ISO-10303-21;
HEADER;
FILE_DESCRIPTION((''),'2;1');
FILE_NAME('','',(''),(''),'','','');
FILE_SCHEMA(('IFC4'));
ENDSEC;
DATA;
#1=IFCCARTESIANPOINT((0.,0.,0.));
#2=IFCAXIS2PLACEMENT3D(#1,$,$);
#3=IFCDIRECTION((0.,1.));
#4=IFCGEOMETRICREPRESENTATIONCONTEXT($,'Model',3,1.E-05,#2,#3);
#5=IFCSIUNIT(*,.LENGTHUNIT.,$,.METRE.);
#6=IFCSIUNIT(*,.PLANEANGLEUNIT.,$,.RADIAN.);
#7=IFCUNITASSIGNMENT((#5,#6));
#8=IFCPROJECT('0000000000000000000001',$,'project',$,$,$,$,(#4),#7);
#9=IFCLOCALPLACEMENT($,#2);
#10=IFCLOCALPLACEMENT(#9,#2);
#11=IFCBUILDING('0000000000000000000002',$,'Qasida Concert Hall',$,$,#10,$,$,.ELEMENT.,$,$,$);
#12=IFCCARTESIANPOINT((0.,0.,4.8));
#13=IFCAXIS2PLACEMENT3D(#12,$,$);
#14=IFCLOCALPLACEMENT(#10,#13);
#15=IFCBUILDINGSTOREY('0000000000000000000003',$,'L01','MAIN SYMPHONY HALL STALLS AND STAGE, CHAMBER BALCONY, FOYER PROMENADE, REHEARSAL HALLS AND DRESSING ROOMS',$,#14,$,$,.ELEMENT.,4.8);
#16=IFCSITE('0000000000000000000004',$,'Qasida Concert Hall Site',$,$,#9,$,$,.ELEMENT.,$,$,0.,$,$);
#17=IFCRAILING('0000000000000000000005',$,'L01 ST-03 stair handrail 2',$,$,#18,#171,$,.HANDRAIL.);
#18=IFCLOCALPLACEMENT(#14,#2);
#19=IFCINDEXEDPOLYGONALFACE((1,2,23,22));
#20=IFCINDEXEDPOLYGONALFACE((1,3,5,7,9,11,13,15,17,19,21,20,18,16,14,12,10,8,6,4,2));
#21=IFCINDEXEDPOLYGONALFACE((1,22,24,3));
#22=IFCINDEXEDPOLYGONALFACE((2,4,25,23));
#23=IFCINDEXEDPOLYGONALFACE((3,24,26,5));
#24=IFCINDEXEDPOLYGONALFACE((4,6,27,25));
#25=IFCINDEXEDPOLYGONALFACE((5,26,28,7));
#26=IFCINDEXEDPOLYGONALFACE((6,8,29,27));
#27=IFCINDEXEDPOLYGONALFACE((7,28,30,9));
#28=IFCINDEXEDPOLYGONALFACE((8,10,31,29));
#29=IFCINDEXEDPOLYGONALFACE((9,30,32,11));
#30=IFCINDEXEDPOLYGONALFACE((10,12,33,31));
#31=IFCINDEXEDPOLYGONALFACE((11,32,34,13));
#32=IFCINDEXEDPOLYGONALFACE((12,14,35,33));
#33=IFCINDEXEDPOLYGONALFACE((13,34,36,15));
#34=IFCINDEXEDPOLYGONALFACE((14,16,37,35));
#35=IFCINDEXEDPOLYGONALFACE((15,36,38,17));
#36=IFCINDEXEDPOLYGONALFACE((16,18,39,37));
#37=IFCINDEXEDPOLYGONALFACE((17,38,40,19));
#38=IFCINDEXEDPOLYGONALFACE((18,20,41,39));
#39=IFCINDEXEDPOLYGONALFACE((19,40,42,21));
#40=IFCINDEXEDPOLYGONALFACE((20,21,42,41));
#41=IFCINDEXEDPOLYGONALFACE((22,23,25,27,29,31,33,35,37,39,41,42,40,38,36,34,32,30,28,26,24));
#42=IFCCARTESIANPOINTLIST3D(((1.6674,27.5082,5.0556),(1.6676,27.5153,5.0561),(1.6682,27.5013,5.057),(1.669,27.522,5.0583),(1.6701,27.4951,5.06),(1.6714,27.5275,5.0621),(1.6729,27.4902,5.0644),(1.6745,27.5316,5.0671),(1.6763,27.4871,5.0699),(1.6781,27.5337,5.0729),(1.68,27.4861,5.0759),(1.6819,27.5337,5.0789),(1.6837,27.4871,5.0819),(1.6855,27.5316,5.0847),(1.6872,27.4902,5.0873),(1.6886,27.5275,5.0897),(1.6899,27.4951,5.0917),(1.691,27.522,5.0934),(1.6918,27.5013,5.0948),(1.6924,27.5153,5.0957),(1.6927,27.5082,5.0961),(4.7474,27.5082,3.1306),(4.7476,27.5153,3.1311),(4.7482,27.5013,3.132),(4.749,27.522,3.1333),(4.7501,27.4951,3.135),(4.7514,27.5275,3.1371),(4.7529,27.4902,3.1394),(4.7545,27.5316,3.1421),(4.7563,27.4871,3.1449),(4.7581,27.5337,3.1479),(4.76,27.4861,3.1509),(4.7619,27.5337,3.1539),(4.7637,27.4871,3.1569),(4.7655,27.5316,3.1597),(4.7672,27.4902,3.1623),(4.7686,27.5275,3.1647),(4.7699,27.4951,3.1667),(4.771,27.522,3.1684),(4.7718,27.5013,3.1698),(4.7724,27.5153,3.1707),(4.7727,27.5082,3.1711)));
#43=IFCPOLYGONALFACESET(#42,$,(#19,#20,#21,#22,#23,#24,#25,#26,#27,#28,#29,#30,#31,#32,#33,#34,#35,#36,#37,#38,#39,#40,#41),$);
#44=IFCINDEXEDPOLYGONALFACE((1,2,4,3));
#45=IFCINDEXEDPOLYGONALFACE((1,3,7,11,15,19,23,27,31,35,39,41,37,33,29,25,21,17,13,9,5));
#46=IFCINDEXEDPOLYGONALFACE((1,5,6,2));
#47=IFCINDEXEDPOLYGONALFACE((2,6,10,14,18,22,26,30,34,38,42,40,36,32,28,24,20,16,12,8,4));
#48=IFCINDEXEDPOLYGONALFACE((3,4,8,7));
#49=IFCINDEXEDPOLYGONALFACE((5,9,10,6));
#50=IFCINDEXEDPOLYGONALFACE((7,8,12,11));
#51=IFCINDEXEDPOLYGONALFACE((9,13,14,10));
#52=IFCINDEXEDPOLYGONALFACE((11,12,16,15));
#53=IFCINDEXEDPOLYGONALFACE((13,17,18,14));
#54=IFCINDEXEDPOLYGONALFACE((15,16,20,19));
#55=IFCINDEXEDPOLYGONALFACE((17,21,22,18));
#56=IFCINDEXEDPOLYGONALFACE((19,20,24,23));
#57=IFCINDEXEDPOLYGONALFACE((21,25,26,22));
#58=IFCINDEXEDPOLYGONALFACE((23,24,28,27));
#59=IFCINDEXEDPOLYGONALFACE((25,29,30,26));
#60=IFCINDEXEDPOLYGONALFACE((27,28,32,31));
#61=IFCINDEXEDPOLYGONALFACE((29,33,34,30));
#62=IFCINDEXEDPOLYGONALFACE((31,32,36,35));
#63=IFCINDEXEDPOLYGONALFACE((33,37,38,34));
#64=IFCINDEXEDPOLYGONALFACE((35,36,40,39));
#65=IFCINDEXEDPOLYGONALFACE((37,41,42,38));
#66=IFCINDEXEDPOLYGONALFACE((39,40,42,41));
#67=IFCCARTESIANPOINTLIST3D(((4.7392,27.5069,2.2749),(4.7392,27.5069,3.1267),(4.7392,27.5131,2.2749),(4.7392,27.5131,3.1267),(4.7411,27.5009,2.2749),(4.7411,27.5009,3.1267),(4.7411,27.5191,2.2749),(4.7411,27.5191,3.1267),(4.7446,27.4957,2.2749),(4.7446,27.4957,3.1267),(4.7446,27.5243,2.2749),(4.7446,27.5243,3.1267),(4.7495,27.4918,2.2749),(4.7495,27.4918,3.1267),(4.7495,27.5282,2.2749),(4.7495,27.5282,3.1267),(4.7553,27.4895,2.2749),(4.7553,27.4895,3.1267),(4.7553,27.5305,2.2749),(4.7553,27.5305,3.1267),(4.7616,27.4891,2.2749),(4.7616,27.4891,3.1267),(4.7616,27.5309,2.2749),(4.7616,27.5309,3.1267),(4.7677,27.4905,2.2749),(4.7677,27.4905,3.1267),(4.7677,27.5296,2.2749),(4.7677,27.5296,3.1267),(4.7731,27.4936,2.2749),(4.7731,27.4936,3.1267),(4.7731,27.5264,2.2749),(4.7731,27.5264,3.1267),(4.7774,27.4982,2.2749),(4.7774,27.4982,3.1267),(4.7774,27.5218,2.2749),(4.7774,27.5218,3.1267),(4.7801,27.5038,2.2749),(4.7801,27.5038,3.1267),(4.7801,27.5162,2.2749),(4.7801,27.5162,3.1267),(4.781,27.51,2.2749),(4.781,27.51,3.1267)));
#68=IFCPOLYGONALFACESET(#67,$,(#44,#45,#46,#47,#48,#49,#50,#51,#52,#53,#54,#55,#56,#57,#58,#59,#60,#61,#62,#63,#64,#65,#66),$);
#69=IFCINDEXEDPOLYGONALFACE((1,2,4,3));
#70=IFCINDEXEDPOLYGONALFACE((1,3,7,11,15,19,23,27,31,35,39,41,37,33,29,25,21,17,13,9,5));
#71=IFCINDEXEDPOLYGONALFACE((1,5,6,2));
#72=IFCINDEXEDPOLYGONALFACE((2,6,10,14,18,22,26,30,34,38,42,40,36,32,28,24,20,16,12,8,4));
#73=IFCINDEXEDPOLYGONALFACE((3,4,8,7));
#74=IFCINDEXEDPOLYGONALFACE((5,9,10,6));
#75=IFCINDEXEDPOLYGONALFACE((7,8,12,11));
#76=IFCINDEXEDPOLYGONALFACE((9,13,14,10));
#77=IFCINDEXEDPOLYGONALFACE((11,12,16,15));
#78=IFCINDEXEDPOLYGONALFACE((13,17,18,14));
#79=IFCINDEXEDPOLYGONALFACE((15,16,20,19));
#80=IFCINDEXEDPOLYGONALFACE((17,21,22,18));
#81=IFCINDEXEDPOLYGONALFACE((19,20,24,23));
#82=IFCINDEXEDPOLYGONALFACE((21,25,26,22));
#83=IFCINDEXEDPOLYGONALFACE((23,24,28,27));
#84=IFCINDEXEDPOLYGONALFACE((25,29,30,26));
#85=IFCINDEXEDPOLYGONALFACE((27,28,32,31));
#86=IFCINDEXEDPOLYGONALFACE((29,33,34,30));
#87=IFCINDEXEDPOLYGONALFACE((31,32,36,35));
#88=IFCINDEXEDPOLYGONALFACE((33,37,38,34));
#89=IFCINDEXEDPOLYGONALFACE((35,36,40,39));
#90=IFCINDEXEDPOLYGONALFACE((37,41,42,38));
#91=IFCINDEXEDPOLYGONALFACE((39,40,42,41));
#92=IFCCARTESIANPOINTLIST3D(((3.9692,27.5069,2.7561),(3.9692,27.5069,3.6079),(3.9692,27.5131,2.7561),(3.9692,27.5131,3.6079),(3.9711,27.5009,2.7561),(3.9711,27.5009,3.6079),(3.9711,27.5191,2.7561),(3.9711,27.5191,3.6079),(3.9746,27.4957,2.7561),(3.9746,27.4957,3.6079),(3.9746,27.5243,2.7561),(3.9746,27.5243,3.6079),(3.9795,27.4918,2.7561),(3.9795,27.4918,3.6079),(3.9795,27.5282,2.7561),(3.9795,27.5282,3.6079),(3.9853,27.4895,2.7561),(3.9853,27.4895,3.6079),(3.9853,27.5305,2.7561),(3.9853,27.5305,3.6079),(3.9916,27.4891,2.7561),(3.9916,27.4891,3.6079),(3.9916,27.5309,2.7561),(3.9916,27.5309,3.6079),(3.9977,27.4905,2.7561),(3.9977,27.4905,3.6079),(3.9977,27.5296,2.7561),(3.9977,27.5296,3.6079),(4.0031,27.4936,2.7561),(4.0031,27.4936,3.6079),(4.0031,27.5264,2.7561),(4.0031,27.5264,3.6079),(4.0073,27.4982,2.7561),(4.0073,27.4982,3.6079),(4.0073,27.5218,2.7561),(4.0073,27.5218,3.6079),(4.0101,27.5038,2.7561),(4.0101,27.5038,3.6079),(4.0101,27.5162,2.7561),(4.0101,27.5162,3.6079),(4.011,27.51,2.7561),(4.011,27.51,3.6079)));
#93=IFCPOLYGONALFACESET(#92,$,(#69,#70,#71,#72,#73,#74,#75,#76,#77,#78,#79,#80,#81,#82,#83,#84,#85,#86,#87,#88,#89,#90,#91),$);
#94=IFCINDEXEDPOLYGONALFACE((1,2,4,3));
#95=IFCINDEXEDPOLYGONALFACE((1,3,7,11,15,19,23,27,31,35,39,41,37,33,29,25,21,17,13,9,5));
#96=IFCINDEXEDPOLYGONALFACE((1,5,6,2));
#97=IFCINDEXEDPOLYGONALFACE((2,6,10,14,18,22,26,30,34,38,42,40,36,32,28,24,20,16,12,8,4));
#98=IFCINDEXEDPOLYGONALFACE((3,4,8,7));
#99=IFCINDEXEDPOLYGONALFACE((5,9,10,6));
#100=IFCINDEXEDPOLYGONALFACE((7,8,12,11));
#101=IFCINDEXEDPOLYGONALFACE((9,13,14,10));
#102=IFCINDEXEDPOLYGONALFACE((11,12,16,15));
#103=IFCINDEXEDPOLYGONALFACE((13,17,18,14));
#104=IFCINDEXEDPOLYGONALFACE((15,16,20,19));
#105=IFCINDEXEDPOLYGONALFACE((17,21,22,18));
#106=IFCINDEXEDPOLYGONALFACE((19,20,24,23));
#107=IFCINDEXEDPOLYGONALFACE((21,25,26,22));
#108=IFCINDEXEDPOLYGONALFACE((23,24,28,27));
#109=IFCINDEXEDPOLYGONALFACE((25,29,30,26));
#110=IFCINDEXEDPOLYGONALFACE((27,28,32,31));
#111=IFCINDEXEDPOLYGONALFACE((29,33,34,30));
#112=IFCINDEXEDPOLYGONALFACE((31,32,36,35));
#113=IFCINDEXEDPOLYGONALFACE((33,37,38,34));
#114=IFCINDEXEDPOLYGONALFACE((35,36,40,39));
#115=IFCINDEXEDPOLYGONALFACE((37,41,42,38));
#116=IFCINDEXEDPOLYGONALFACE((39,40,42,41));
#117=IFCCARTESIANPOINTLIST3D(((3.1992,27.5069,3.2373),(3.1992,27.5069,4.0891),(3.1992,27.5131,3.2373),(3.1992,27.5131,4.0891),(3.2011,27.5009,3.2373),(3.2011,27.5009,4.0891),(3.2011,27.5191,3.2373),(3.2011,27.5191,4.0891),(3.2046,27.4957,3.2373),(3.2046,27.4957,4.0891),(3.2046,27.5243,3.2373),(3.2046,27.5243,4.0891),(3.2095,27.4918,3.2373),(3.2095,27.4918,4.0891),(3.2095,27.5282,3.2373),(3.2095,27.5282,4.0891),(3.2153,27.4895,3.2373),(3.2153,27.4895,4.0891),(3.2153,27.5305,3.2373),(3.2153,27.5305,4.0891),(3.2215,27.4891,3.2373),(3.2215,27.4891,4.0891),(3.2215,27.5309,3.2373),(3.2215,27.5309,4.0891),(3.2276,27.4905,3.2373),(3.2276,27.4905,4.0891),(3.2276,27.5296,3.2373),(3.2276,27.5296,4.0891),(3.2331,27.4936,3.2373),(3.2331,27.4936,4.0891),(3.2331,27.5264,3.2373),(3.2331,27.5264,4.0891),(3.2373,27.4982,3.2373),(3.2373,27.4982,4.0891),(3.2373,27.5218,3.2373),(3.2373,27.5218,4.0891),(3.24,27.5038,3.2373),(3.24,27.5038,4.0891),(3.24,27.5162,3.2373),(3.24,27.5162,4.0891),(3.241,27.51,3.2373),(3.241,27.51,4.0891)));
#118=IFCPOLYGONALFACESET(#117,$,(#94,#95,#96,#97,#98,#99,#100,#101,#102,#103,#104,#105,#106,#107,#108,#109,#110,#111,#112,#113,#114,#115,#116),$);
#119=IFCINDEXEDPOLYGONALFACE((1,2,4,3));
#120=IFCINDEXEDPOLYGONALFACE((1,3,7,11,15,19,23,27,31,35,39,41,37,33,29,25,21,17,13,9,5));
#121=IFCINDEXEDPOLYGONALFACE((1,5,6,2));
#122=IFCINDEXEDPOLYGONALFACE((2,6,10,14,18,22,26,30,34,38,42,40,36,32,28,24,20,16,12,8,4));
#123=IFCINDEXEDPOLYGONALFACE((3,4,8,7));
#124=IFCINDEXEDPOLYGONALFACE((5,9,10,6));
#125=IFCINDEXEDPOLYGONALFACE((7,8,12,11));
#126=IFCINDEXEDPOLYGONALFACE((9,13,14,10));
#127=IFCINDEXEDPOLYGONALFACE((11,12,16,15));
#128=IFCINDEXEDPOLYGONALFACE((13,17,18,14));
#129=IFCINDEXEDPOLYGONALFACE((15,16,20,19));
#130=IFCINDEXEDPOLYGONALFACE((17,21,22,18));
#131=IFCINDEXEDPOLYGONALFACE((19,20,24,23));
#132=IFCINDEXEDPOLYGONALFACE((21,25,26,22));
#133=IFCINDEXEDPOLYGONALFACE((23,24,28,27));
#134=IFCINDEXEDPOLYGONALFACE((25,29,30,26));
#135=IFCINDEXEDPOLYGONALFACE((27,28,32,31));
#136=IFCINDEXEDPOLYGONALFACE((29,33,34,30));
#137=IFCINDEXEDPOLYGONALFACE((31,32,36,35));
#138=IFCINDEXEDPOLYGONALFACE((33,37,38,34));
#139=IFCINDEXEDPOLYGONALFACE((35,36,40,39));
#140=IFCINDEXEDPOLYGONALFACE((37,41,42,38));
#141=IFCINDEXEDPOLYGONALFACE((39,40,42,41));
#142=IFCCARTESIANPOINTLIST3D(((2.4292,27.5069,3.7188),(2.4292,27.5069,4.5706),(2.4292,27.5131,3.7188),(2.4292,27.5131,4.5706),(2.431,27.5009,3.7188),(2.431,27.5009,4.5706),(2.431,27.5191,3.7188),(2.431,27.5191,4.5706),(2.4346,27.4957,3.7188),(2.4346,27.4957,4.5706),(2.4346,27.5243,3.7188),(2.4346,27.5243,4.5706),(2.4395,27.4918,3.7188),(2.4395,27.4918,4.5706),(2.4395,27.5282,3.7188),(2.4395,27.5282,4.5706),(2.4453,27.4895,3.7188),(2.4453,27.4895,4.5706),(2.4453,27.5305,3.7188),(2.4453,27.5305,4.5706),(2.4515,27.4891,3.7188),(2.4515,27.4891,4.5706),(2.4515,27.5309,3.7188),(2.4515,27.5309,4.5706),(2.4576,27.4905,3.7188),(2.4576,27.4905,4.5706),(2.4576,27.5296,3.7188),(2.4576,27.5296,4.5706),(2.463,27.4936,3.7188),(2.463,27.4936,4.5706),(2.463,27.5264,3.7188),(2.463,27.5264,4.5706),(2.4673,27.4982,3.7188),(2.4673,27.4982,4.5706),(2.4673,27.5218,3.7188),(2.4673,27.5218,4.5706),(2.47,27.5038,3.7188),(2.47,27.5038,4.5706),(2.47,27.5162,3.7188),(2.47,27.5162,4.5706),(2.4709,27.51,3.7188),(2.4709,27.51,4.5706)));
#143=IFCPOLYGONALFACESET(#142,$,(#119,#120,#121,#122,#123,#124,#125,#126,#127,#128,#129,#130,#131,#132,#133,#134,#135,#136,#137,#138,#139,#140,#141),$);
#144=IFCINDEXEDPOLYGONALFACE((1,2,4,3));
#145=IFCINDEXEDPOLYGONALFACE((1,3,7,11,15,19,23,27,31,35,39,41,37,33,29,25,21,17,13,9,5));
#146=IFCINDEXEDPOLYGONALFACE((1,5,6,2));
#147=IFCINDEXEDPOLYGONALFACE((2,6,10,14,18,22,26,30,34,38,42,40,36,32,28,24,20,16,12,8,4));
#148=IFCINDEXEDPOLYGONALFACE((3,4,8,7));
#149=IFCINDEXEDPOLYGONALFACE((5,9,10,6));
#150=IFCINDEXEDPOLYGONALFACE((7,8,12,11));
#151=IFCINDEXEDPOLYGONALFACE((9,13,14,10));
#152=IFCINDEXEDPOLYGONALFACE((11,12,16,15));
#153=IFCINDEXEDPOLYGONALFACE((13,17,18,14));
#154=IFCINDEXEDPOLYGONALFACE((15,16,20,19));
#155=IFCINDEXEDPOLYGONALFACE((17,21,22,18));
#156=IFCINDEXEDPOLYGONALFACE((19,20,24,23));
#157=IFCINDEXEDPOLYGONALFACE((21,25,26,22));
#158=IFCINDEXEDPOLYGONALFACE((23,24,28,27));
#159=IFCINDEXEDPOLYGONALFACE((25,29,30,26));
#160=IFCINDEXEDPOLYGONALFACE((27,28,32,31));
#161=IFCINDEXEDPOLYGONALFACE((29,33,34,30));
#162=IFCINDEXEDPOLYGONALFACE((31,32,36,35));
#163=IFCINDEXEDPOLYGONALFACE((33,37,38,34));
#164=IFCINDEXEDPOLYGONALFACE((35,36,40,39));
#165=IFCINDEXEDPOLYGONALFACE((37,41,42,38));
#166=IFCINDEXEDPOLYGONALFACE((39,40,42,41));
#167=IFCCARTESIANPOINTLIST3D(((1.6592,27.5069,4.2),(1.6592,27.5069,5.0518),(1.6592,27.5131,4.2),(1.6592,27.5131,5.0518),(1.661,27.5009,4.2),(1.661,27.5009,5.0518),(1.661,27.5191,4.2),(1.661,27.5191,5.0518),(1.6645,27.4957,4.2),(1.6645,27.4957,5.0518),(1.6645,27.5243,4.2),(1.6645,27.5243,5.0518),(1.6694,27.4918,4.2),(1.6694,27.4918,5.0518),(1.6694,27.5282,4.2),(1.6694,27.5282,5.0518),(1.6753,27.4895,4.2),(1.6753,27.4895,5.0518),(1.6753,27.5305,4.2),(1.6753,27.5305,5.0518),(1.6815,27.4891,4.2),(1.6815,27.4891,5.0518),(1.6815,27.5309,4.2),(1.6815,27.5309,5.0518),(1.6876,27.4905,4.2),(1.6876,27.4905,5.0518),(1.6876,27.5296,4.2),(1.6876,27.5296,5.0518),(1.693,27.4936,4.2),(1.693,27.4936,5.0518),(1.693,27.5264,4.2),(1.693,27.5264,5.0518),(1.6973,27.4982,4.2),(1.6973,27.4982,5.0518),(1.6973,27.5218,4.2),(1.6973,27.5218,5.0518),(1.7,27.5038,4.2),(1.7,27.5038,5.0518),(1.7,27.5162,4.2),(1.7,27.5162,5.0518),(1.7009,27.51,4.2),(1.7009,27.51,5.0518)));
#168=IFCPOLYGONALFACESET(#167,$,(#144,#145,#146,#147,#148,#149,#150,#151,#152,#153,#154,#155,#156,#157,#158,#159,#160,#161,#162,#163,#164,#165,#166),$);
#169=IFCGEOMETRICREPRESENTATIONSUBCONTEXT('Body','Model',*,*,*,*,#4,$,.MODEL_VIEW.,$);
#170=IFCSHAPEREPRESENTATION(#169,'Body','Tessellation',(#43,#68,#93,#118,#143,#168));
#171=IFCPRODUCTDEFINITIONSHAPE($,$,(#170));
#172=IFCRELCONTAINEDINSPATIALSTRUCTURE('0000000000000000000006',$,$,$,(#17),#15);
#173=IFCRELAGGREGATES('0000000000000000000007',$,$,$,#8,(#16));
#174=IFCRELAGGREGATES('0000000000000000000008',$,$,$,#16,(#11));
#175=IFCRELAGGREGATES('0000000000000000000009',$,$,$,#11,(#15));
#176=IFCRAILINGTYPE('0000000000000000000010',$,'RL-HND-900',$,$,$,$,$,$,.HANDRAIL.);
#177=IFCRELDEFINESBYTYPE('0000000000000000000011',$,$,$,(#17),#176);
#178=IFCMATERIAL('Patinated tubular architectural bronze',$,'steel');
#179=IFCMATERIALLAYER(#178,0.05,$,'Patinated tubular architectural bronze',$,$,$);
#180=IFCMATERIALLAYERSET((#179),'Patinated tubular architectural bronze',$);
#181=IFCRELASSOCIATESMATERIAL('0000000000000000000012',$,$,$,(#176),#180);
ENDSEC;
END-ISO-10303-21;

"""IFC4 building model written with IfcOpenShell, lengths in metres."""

from ifc_helpers import new_model, si_unit, direction, frame, origin, origin_2d, place, context, subcontext, project, spatial, circle, extrude, material, layer, layer_set, type_object, element, save


model = new_model("IFC4")

# Units and contexts
model_context = context("Model", 3, precision=1e-05, world=origin(), true_north=direction((0.0, 1.0)))
body_context = subcontext(model_context, "Body", "Model", "MODEL_VIEW")
ifc_project = project(units=[si_unit("LENGTHUNIT", "METRE"), si_unit("PLANEANGLEUNIT", "RADIAN")], contexts=[model_context])

# Site, building, storey
site_placement = place(None, origin())
site = spatial("IfcSite", under=ifc_project, at=site_placement, Name="Qasida Concert Hall Site", CompositionType="ELEMENT", RefElevation=0.0)
building_placement = place(site_placement, origin())
building = spatial("IfcBuilding", under=site, at=building_placement, Name="Qasida Concert Hall", CompositionType="ELEMENT")
storey_placement = place(building_placement, frame((0.0, 0.0, 4.8)))
storey = spatial("IfcBuildingStorey", under=building, at=storey_placement, Name="L01", Description="MAIN SYMPHONY HALL STALLS AND STAGE, CHAMBER BALCONY, FOYER PROMENADE, REHEARSAL HALLS AND DRESSING ROOMS", CompositionType="ELEMENT", Elevation=4.8)

# Railing
ifc_material_1 = material(Name="Patinated tubular architectural bronze", Category="steel")
ifc_layer_1 = layer(ifc_material_1, 0.05, Name="Patinated tubular architectural bronze")
ifc_layer_set_1 = layer_set([ifc_layer_1], Name="Patinated tubular architectural bronze")
railing_type_1 = type_object("IfcRailingType", Name="RL-HND-900", PredefinedType="HANDRAIL", material=ifc_layer_set_1)
railing_1_placement = place(storey_placement, frame((4.76, 27.51, 2.2749)))
element("IfcRailing", 1, at=railing_1_placement, inside=storey, type_object=railing_type_1, Name="L01 ST-03 stair handrail 2", PredefinedType="HANDRAIL", context=body_context, shape_type="SweptSolid", body=[
    extrude(circle(Radius=0.0239, at=origin_2d()), frame((0.0, 0.0, 0.876), z_axis=(-0.847998, 0.0, 0.529999), x_axis=(0.0, -1.0, 0.0)), (0.0, 0.0, 1.0), 3.6321),
    extrude(circle(Radius=0.021, at=origin_2d()), origin(), (0.0, 0.0, 1.0), 0.8518),
    extrude(circle(Radius=0.021, at=origin_2d()), frame((-0.77, 0.0, 0.4812)), (0.0, 0.0, 1.0), 0.8518),
    extrude(circle(Radius=0.021, at=origin_2d()), frame((-1.54, 0.0, 0.9624)), (0.0, 0.0, 1.0), 0.8518),
    extrude(circle(Radius=0.021, at=origin_2d()), frame((-2.3101, 0.0, 1.4438)), (0.0, 0.0, 1.0), 0.8518),
    extrude(circle(Radius=0.021, at=origin_2d()), frame((-3.0801, 0.0, 1.925)), (0.0, 0.0, 1.0), 0.8518),
])

save(model, "model.ifc")
